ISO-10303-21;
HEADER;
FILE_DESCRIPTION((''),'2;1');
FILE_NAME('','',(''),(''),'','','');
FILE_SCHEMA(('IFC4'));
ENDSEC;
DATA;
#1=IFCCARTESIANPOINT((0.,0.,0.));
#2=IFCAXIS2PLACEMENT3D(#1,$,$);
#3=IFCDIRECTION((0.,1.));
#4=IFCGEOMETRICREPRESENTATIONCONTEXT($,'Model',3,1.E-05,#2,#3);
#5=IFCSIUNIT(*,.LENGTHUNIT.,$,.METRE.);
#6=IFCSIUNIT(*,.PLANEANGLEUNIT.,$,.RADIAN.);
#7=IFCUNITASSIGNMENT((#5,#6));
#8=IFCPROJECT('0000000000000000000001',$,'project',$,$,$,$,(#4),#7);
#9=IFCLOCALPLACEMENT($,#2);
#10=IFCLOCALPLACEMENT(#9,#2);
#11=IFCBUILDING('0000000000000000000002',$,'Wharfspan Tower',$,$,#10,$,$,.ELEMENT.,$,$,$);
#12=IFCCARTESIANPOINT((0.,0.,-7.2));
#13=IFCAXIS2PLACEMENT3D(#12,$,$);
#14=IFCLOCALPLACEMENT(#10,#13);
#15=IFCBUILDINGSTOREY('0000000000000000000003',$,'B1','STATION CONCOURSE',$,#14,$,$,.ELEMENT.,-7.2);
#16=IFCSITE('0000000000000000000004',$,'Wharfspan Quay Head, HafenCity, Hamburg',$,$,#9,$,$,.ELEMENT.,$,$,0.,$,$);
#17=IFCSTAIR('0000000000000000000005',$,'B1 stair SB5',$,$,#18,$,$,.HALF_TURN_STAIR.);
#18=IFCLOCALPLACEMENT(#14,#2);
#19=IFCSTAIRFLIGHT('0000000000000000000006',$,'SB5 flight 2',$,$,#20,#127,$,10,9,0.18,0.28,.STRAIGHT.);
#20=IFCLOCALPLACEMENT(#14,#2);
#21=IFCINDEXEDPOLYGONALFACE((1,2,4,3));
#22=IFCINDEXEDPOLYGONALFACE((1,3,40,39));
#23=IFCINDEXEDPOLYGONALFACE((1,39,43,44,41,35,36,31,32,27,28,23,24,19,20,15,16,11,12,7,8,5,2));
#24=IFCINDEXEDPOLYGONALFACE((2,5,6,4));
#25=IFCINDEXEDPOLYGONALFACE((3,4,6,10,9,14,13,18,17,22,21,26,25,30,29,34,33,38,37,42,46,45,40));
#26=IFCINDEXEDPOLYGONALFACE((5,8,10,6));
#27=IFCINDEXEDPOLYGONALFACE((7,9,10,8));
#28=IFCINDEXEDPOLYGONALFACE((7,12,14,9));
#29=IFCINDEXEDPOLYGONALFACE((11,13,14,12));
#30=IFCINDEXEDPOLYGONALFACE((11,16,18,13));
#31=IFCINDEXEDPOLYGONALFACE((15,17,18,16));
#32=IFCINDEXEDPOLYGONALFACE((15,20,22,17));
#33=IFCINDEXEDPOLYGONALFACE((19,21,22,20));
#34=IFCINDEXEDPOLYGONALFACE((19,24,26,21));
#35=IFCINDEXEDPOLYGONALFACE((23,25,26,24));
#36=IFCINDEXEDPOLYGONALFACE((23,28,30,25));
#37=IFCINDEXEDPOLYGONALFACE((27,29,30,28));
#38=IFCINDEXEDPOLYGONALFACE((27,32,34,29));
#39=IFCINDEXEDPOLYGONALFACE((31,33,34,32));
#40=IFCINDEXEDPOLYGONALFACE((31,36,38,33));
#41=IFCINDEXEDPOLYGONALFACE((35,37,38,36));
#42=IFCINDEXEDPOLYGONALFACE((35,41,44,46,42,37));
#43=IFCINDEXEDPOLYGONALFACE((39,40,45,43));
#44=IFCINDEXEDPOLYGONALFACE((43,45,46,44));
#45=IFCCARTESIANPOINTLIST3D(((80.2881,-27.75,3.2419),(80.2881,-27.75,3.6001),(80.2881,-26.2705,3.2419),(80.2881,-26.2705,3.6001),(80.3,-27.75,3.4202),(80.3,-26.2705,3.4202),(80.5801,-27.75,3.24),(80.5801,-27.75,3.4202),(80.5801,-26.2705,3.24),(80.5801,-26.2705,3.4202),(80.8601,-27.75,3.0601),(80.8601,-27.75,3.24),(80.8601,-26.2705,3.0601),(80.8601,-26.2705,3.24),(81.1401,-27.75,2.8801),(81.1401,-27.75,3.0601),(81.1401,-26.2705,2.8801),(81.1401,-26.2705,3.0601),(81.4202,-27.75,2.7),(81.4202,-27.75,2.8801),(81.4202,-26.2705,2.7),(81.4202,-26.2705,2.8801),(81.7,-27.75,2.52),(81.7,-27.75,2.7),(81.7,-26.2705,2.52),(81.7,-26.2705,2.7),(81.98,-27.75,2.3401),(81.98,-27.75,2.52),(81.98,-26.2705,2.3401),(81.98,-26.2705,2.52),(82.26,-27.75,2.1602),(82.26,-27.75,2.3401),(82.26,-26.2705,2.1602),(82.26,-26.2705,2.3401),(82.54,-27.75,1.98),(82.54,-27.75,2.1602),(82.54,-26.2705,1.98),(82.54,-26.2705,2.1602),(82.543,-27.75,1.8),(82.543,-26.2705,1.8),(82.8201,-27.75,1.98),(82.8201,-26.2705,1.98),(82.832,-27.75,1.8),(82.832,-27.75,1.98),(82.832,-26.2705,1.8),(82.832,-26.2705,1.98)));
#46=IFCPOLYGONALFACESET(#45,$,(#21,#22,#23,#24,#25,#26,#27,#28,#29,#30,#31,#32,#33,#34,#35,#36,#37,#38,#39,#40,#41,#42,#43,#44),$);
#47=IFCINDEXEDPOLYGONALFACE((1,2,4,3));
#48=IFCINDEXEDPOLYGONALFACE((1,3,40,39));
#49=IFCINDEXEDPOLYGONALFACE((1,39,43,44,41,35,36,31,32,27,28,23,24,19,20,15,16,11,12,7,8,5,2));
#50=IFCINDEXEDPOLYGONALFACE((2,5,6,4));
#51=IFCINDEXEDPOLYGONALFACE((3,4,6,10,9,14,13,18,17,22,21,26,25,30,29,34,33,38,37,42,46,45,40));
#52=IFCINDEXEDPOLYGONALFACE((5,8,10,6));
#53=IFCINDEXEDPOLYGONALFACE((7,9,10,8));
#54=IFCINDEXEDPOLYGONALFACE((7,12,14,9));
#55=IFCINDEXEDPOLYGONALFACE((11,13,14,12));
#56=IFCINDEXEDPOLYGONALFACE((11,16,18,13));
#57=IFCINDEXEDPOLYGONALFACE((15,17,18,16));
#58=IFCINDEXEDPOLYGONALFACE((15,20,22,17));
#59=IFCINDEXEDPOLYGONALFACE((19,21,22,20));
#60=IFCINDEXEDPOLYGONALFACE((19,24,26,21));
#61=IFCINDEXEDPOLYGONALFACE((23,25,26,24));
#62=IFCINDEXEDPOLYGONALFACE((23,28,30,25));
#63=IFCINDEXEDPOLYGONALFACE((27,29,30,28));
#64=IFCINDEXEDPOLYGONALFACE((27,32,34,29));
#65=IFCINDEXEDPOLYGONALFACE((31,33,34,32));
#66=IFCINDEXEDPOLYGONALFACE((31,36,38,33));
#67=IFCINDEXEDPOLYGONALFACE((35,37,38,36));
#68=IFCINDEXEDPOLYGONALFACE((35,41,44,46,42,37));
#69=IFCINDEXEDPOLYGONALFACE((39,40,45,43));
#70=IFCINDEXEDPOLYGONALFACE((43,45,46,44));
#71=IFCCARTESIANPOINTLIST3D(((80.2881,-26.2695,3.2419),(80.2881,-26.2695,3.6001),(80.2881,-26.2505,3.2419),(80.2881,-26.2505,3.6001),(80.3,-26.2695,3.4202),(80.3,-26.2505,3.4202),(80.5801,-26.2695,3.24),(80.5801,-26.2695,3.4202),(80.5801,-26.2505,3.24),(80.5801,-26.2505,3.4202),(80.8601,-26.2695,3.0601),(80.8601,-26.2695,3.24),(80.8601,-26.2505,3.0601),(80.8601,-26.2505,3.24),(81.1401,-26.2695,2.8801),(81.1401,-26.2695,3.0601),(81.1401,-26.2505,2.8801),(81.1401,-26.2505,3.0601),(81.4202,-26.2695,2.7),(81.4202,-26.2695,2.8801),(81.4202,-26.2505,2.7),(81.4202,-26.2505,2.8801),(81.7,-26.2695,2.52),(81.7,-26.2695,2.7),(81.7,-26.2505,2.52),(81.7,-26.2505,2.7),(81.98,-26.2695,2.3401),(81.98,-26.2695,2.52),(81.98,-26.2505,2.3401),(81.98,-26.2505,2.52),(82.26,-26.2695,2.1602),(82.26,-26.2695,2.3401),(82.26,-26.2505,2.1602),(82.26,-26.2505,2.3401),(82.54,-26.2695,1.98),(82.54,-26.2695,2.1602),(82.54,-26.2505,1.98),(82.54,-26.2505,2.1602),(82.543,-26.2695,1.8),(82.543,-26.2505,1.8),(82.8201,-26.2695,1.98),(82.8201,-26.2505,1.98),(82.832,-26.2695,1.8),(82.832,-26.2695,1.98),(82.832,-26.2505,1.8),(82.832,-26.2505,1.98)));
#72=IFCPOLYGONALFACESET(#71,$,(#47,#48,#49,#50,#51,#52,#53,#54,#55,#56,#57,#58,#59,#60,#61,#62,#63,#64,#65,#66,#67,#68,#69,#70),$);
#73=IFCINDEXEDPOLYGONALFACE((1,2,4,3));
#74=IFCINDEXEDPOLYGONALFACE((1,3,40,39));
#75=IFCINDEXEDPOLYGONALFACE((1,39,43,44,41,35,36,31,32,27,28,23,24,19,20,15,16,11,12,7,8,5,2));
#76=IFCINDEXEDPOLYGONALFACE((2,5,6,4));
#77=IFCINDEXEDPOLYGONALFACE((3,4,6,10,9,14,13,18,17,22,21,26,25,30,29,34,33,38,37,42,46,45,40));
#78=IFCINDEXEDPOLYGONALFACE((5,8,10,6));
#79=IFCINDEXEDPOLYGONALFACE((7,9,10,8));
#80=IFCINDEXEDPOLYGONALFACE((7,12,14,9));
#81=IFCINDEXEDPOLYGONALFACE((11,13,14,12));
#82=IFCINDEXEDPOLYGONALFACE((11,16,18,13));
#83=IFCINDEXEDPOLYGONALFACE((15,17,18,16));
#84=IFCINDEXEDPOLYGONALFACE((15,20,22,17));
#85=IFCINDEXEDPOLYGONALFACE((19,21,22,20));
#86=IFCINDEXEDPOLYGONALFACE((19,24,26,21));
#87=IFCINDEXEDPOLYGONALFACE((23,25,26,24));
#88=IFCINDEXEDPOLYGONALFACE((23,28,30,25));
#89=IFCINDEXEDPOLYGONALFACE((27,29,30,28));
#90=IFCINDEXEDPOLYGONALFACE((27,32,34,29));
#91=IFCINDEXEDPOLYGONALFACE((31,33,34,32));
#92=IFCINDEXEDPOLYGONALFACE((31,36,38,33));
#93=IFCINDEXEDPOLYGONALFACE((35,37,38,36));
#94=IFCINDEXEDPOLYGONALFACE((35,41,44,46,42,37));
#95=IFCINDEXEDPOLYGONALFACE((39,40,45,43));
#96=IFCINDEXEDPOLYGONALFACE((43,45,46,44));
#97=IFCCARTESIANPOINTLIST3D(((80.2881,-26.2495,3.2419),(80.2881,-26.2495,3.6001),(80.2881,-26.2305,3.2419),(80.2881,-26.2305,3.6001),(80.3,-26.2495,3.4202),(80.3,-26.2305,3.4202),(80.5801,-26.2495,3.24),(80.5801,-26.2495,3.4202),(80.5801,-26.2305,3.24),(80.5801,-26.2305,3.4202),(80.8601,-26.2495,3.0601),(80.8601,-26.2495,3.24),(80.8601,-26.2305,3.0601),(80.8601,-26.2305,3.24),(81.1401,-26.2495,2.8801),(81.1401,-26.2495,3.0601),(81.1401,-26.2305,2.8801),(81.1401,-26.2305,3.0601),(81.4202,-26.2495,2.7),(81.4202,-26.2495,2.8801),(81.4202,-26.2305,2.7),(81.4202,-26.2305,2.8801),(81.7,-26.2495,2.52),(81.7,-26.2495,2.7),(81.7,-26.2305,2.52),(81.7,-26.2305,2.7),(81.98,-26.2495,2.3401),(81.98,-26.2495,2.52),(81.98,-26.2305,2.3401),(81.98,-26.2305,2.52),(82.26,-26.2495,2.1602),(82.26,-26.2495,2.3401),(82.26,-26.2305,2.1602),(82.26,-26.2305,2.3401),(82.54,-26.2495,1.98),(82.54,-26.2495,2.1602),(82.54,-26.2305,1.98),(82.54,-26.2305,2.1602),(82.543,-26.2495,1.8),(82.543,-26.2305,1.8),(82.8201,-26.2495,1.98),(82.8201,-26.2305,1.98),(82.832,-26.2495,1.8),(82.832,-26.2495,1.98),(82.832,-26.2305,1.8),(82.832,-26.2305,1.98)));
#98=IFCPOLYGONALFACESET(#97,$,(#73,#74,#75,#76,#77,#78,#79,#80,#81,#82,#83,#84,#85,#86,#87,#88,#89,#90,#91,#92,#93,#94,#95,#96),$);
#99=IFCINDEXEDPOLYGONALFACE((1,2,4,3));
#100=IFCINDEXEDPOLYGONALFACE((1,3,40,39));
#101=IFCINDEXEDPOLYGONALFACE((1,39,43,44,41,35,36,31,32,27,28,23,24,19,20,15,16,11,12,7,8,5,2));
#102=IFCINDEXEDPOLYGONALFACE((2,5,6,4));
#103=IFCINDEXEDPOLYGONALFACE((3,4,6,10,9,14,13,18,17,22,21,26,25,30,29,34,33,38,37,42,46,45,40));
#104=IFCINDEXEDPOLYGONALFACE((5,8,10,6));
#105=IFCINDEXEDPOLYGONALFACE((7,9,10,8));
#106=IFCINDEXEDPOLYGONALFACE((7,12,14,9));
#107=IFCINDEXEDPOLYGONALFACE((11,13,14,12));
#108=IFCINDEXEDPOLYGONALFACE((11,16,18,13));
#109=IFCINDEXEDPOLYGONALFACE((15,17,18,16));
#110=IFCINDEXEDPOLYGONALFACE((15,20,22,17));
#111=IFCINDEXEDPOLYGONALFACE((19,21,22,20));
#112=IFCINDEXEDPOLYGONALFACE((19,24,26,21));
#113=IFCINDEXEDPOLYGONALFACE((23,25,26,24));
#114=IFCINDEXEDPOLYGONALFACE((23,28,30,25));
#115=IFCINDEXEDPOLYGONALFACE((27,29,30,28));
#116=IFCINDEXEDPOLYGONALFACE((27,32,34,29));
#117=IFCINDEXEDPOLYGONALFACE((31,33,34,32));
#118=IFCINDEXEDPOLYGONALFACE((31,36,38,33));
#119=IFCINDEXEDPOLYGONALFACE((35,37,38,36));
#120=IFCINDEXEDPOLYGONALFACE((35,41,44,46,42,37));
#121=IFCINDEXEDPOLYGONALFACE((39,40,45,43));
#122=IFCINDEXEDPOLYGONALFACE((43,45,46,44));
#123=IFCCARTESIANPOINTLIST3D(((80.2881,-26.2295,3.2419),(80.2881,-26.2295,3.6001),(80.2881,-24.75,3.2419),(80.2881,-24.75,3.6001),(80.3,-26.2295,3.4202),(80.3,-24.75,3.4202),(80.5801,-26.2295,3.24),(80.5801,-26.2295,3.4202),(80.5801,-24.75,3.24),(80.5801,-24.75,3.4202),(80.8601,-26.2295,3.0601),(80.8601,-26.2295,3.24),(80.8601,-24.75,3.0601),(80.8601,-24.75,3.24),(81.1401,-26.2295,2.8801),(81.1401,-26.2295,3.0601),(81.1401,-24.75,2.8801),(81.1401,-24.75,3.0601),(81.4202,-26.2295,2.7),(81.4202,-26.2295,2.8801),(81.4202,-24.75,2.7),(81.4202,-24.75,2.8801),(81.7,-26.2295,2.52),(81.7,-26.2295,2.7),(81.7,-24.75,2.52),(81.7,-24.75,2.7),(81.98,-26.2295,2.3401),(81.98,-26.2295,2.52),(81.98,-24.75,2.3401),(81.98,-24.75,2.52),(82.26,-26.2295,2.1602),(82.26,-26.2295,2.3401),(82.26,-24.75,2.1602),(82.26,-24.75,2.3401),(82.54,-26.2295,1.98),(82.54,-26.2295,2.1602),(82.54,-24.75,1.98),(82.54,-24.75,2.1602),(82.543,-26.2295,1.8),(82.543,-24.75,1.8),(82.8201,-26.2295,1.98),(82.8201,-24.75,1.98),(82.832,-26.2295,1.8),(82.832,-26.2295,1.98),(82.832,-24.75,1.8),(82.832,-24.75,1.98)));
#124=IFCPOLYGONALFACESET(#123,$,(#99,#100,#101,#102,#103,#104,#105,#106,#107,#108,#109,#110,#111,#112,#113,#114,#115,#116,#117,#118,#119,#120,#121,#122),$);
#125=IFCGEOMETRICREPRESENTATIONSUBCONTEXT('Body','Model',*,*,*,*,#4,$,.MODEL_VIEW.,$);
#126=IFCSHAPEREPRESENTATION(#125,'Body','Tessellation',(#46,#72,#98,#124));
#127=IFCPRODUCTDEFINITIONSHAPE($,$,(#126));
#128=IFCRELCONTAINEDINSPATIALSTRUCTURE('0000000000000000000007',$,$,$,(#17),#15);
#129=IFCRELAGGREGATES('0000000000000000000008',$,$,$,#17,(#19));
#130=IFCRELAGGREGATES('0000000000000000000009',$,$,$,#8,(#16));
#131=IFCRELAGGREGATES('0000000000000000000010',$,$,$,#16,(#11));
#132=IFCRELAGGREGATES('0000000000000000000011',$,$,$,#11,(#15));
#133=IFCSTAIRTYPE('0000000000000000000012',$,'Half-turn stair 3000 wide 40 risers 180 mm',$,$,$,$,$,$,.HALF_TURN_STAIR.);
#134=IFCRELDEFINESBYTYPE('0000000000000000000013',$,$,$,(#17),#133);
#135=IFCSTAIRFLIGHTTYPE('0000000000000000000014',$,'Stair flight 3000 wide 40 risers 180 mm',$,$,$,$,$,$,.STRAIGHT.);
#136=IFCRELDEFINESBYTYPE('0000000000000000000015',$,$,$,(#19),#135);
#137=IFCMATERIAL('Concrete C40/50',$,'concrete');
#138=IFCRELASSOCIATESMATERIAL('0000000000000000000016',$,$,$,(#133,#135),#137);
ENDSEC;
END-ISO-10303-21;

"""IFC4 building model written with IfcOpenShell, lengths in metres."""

from ifc_helpers import new_model, si_unit, direction, frame, origin, place, context, subcontext, project, spatial, polyline, outline, extrude, material, type_object, element, aggregate, save


model = new_model("IFC4")

# Units and contexts
model_context = context("Model", 3, precision=1e-05, world=origin(), true_north=direction((0.0, 1.0)))
body_context = subcontext(model_context, "Body", "Model", "MODEL_VIEW")
ifc_project = project(units=[si_unit("LENGTHUNIT", "METRE"), si_unit("PLANEANGLEUNIT", "RADIAN")], contexts=[model_context])

# Site, building, storey
site_placement = place(None, origin())
site = spatial("IfcSite", under=ifc_project, at=site_placement, Name="Wharfspan Quay Head, HafenCity, Hamburg", CompositionType="ELEMENT", RefElevation=0.0)
building_placement = place(site_placement, origin())
building = spatial("IfcBuilding", under=site, at=building_placement, Name="Wharfspan Tower", CompositionType="ELEMENT")
storey_placement = place(building_placement, frame((0.0, 0.0, -7.2)))
storey = spatial("IfcBuildingStorey", under=building, at=storey_placement, Name="B1", Description="STATION CONCOURSE", CompositionType="ELEMENT", Elevation=-7.2)

# Shared definitions
ifc_material_1 = material(Name="Concrete C40/50", Category="concrete")

# Stair, stair flight
stair_type = type_object("IfcStairType", Name="Half-turn stair 3000 wide 40 risers 180 mm", PredefinedType="HALF_TURN_STAIR", material=ifc_material_1)
stair_placement = place(storey_placement, origin())
stair = element("IfcStair", 1, at=stair_placement, inside=storey, type_object=stair_type, Name="B1 stair SB5", PredefinedType="HALF_TURN_STAIR")
stair_flight_type = type_object("IfcStairFlightType", Name="Stair flight 3000 wide 40 risers 180 mm", PredefinedType="STRAIGHT", material=ifc_material_1)
stair_flight_1_placement = place(storey_placement, frame((82.8201, -26.25, 1.8), z_axis=(0.0, 0.0, 1.0), x_axis=(-1.0, 0.0, 0.0)))
stair_flight_1 = element("IfcStairFlight", 2, at=stair_flight_1_placement, type_object=stair_flight_type, Name="SB5 flight 2", NumberOfRisers=10, NumberOfTreads=9, PredefinedType="STRAIGHT", RiserHeight=0.18, TreadLength=0.28, context=body_context, shape_type="SweptSolid", body=[
    extrude(outline(polyline([(-0.012, 0.0), (-0.012, 0.1799), (0.0, 0.1799), (0.28, 0.1799), (0.28, 0.3601), (0.5601, 0.3601), (0.5601, 0.54), (0.8401, 0.54), (0.8401, 0.72), (1.1201, 0.72), (1.1201, 0.8999), (1.3999, 0.8999), (1.3999, 1.0801), (1.6799, 1.0801), (1.6799, 1.26), (1.96, 1.26), (1.96, 1.4399), (2.24, 1.4399), (2.24, 1.6201), (2.52, 1.6201), (2.532, 1.8), (2.532, 1.4419), (0.2771, 0.0), (-0.012, 0.0)])), frame((0.0, 1.5, 0.0), z_axis=(0.0, -1.0, 0.0), x_axis=(1.0, 0.0, 0.0)), (0.0, 0.0, 1.0), 1.4795),
    extrude(outline(polyline([(-0.012, 0.0), (-0.012, 0.1799), (0.0, 0.1799), (0.28, 0.1799), (0.28, 0.3601), (0.5601, 0.3601), (0.5601, 0.54), (0.8401, 0.54), (0.8401, 0.72), (1.1201, 0.72), (1.1201, 0.8999), (1.3999, 0.8999), (1.3999, 1.0801), (1.6799, 1.0801), (1.6799, 1.26), (1.96, 1.26), (1.96, 1.4399), (2.24, 1.4399), (2.24, 1.6201), (2.52, 1.6201), (2.532, 1.8), (2.532, 1.4419), (0.2771, 0.0), (-0.012, 0.0)])), frame((0.0, 0.0195, 0.0), z_axis=(0.0, -1.0, 0.0), x_axis=(1.0, 0.0, 0.0)), (0.0, 0.0, 1.0), 0.019),
    extrude(outline(polyline([(-0.012, 0.0), (-0.012, 0.1799), (0.0, 0.1799), (0.28, 0.1799), (0.28, 0.3601), (0.5601, 0.3601), (0.5601, 0.54), (0.8401, 0.54), (0.8401, 0.72), (1.1201, 0.72), (1.1201, 0.8999), (1.3999, 0.8999), (1.3999, 1.0801), (1.6799, 1.0801), (1.6799, 1.26), (1.96, 1.26), (1.96, 1.4399), (2.24, 1.4399), (2.24, 1.6201), (2.52, 1.6201), (2.532, 1.8), (2.532, 1.4419), (0.2771, 0.0), (-0.012, 0.0)])), frame((0.0, -0.0005, 0.0), z_axis=(0.0, -1.0, 0.0), x_axis=(1.0, 0.0, 0.0)), (0.0, 0.0, 1.0), 0.019),
    extrude(outline(polyline([(-0.012, 0.0), (-0.012, 0.1799), (0.0, 0.1799), (0.28, 0.1799), (0.28, 0.3601), (0.5601, 0.3601), (0.5601, 0.54), (0.8401, 0.54), (0.8401, 0.72), (1.1201, 0.72), (1.1201, 0.8999), (1.3999, 0.8999), (1.3999, 1.0801), (1.6799, 1.0801), (1.6799, 1.26), (1.96, 1.26), (1.96, 1.4399), (2.24, 1.4399), (2.24, 1.6201), (2.52, 1.6201), (2.532, 1.8), (2.532, 1.4419), (0.2771, 0.0), (-0.012, 0.0)])), frame((0.0, -0.0205, 0.0), z_axis=(0.0, -1.0, 0.0), x_axis=(1.0, 0.0, 0.0)), (0.0, 0.0, 1.0), 1.4795),
])
aggregate(stair, [stair_flight_1])

save(model, "model.ifc")
